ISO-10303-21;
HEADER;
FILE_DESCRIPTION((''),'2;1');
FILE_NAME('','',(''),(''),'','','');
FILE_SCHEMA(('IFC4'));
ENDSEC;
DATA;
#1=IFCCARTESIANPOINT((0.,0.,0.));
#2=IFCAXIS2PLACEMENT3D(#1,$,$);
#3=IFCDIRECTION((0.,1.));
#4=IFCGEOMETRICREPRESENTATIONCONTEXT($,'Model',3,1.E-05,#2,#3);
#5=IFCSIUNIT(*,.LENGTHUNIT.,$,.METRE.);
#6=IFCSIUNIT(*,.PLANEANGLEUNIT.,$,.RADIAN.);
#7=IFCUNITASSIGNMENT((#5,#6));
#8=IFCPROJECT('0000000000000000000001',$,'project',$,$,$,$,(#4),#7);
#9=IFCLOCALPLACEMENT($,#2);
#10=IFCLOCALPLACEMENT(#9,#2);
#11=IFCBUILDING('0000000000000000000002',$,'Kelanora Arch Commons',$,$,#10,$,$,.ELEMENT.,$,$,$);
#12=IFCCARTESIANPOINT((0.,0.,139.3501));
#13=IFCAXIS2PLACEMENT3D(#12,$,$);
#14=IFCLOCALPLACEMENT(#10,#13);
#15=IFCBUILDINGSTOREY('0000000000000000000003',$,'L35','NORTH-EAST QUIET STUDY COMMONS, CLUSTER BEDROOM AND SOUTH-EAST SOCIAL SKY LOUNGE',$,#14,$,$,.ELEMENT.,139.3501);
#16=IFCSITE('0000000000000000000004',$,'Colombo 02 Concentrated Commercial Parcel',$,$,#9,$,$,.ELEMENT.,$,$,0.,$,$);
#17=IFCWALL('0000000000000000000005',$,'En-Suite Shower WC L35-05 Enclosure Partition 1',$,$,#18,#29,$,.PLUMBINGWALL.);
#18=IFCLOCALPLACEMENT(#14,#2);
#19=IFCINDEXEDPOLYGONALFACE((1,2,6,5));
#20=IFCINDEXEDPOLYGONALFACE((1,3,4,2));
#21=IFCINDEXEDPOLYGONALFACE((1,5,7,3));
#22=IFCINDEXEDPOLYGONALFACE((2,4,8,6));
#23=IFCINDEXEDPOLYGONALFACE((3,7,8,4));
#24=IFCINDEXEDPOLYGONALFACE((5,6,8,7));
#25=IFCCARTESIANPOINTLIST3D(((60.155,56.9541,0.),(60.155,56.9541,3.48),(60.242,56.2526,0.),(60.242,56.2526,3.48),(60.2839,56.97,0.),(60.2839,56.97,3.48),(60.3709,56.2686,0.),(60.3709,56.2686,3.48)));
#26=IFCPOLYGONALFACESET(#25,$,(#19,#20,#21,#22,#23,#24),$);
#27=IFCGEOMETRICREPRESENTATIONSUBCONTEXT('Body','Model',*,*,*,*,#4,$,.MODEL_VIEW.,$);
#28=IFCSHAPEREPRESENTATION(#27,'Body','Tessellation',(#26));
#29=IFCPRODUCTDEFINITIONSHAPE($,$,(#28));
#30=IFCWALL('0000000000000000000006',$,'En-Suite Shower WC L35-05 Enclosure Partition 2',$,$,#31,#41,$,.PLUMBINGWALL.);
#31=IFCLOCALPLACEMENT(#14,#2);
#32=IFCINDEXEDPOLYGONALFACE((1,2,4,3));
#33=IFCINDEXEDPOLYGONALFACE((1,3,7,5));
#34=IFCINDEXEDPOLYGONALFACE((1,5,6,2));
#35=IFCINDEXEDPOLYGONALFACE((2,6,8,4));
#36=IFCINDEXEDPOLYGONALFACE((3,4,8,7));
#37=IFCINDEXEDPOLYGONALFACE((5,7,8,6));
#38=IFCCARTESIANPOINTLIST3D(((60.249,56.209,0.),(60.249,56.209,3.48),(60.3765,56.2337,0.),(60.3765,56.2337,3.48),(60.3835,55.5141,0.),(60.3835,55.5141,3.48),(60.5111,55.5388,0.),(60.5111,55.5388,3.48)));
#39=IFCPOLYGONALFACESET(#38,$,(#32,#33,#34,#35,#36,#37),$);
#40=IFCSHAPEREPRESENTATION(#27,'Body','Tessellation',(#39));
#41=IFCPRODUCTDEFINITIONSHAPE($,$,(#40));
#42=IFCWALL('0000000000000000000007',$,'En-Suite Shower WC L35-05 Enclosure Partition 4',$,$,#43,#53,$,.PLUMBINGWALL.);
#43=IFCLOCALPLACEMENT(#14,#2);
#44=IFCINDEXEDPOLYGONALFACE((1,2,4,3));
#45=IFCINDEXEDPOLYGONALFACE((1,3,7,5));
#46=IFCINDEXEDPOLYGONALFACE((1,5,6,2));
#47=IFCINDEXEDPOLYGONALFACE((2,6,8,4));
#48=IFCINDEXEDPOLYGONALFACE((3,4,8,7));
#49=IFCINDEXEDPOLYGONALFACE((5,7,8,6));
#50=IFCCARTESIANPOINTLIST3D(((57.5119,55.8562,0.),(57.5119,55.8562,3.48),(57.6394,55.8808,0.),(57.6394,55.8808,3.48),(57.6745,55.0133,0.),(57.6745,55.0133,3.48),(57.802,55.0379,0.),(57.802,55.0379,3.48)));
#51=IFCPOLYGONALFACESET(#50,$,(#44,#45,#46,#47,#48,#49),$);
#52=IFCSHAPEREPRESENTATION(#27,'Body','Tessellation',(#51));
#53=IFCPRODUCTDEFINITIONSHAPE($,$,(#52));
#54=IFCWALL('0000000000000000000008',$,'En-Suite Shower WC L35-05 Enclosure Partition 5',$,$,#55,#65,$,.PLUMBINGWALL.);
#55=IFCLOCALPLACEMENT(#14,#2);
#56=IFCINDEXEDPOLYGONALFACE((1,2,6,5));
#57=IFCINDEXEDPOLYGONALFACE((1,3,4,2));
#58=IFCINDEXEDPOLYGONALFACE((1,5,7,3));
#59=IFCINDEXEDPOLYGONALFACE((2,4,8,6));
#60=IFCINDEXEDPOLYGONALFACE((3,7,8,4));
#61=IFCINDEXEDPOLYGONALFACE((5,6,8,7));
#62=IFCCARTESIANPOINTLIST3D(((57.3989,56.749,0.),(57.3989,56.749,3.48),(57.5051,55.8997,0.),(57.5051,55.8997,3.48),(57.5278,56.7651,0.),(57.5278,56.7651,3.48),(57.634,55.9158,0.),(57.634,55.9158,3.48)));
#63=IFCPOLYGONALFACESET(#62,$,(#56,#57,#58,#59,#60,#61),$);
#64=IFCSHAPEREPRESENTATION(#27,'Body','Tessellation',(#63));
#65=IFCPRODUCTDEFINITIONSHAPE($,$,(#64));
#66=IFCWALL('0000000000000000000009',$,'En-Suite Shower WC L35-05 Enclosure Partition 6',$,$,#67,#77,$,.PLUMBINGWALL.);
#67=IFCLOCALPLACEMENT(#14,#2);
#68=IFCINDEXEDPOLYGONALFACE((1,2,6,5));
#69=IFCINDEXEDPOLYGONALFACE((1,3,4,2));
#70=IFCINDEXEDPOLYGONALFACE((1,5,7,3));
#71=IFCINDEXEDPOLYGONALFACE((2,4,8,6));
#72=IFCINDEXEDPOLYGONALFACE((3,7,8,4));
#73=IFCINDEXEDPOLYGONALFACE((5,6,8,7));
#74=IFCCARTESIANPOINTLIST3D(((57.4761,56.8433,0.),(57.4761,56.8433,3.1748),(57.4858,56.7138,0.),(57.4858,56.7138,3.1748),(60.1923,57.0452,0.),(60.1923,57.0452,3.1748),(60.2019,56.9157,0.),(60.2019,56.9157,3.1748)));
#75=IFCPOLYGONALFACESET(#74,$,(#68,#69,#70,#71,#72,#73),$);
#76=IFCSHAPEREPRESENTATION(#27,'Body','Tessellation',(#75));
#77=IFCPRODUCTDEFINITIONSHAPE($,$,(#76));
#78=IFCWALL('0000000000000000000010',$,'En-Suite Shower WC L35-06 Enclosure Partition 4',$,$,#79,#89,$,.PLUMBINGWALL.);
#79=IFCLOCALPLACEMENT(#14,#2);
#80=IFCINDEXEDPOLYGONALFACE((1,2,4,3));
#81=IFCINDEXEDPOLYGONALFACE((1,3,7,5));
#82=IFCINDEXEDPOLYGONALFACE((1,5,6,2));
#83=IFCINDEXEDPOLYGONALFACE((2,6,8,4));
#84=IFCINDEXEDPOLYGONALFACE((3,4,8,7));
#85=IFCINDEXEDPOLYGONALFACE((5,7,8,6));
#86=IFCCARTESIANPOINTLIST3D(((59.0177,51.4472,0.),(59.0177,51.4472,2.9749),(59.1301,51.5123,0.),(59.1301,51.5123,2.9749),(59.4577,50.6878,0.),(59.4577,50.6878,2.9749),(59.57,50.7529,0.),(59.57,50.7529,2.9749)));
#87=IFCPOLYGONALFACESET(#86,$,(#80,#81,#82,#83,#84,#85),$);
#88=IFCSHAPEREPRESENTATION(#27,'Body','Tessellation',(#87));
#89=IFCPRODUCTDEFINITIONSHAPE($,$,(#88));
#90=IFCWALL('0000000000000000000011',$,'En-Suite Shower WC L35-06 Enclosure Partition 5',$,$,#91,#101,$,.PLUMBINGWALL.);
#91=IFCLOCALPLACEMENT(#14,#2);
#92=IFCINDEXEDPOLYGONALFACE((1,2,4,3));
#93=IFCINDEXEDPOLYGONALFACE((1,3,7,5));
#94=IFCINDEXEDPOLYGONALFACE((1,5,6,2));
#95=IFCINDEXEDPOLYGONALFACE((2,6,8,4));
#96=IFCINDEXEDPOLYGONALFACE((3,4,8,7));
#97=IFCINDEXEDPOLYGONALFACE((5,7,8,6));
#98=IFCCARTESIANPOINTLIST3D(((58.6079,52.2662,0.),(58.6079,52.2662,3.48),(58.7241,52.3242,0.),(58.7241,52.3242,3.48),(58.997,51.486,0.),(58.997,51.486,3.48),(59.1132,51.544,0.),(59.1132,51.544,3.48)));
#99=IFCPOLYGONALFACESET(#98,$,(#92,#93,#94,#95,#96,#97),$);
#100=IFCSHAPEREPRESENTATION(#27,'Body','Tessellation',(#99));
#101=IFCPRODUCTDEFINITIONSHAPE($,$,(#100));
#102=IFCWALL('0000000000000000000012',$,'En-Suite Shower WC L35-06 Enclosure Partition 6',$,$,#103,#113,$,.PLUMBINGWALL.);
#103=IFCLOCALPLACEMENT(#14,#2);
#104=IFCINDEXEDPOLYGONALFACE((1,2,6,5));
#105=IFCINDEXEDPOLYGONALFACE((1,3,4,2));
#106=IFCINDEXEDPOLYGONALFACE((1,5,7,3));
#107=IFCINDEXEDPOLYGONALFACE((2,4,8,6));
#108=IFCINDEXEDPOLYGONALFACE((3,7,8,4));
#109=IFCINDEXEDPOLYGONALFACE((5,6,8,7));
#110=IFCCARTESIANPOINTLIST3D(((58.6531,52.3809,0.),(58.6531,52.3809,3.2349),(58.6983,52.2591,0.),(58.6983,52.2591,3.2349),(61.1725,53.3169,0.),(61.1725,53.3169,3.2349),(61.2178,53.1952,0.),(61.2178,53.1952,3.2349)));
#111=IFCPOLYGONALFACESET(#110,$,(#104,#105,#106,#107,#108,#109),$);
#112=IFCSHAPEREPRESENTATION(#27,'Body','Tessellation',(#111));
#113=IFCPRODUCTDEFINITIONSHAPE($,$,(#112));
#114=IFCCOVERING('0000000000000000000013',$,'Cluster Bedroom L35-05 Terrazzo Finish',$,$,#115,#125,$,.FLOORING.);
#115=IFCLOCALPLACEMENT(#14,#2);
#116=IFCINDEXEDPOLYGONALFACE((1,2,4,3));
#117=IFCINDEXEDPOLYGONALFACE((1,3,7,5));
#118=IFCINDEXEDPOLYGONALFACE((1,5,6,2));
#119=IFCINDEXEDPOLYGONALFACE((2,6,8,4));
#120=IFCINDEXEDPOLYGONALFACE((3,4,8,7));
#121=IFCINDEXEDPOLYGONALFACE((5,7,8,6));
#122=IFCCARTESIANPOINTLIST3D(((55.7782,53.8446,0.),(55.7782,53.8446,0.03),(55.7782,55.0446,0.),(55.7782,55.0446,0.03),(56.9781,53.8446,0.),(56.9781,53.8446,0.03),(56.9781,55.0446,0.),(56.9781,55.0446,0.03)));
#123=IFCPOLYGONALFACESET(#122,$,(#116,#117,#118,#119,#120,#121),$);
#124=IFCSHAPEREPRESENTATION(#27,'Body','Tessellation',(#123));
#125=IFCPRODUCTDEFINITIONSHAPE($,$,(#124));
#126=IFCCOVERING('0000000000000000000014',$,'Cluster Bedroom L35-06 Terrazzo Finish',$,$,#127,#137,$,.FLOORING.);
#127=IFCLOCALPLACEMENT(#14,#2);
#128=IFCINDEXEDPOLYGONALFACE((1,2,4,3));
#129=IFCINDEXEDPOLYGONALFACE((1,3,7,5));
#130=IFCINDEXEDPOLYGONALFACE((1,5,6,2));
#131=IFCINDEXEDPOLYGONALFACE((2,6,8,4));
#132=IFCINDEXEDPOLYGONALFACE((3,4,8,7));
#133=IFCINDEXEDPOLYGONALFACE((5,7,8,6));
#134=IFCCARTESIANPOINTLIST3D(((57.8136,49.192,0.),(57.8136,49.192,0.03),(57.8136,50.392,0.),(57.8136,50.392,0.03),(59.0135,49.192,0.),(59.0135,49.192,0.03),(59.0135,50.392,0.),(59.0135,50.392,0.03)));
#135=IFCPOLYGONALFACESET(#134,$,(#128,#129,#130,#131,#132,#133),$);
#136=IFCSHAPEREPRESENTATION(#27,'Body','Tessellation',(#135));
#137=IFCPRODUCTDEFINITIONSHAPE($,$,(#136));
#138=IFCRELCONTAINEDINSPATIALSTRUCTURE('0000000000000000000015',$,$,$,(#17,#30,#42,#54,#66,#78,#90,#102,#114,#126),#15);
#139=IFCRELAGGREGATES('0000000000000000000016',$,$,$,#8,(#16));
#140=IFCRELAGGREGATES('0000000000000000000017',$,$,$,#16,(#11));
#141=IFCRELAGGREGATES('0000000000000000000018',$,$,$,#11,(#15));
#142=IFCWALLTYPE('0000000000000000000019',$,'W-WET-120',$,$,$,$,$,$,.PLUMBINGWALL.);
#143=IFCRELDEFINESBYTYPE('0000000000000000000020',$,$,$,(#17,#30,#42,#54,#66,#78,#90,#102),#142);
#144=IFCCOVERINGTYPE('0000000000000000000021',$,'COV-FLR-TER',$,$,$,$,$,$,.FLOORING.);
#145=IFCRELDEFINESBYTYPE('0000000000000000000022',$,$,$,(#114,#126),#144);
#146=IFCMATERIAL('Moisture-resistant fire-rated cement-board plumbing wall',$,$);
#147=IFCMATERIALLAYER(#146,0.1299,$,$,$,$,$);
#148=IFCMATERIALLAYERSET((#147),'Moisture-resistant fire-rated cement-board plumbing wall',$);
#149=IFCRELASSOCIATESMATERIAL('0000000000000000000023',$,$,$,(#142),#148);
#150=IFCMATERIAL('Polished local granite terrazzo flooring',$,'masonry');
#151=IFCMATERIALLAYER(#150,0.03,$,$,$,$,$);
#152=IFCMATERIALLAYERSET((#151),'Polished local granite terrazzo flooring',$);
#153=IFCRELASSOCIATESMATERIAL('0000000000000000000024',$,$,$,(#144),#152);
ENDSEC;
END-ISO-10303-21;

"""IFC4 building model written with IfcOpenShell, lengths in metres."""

from ifc_helpers import new_model, si_unit, direction, frame, frame_2d, origin, origin_2d, place, context, subcontext, project, spatial, rectangle, extrude, source, transform, mapped, material, layer, layer_set, type_object, element, save


model = new_model("IFC4")

# Units and contexts
model_context = context("Model", 3, precision=1e-05, world=origin(), true_north=direction((0.0, 1.0)))
body_context = subcontext(model_context, "Body", "Model", "MODEL_VIEW")
ifc_project = project(units=[si_unit("LENGTHUNIT", "METRE"), si_unit("PLANEANGLEUNIT", "RADIAN")], contexts=[model_context])

# Site, building, storey
site_placement = place(None, origin())
site = spatial("IfcSite", under=ifc_project, at=site_placement, Name="Colombo 02 Concentrated Commercial Parcel", CompositionType="ELEMENT", RefElevation=0.0)
building_placement = place(site_placement, origin())
building = spatial("IfcBuilding", under=site, at=building_placement, Name="Kelanora Arch Commons", CompositionType="ELEMENT")
storey_placement = place(building_placement, frame((0.0, 0.0, 139.3501)))
storey = spatial("IfcBuildingStorey", under=building, at=storey_placement, Name="L35", Description="NORTH-EAST QUIET STUDY COMMONS, CLUSTER BEDROOM AND SOUTH-EAST SOCIAL SKY LOUNGE", CompositionType="ELEMENT", Elevation=139.3501)

# Walls
ifc_material_1 = material(Name="Moisture-resistant fire-rated cement-board plumbing wall")
ifc_layer_1 = layer(ifc_material_1, 0.1299)
ifc_layer_set_1 = layer_set([ifc_layer_1], Name="Moisture-resistant fire-rated cement-board plumbing wall")
wall_type_1 = type_object("IfcWallType", Name="W-WET-120", PredefinedType="PLUMBINGWALL", material=ifc_layer_set_1)
wall_1_placement = place(storey_placement, frame((60.2195, 56.9622, 0.0), z_axis=(0.0, 0.0, 1.0), x_axis=(0.122972, -0.99241, 0.0)))
element("IfcWall", 1, at=wall_1_placement, inside=storey, type_object=wall_type_1, Name="En-Suite Shower WC L35-05 Enclosure Partition 1", PredefinedType="PLUMBINGWALL", context=body_context, shape_type="SweptSolid", body=[
    extrude(rectangle(XDim=0.7068, YDim=0.1299, at=frame_2d((0.3535, 0.0))), origin(), (0.0, 0.0, 1.0), 3.48),
])
wall_2_placement = place(storey_placement, frame((60.3127, 56.2214, 0.0), z_axis=(0.0, 0.0, 1.0), x_axis=(0.190076, -0.981769, 0.0)))
element("IfcWall", 2, at=wall_2_placement, inside=storey, type_object=wall_type_1, Name="En-Suite Shower WC L35-05 Enclosure Partition 2", PredefinedType="PLUMBINGWALL", context=body_context, shape_type="SweptSolid", body=[
    extrude(rectangle(XDim=0.7078, YDim=0.1299, at=frame_2d((0.354, 0.0))), origin(), (0.0, 0.0, 1.0), 3.48),
])
wall_3_placement = place(storey_placement, frame((57.7383, 55.0256, 0.0), z_axis=(0.0, 0.0, 1.0), x_axis=(-0.189438, 0.981893, 0.0)))
element("IfcWall", 3, at=wall_3_placement, inside=storey, type_object=wall_type_1, Name="En-Suite Shower WC L35-05 Enclosure Partition 4", PredefinedType="PLUMBINGWALL", context=body_context, shape_type="SweptSolid", body=[
    extrude(rectangle(XDim=0.8584, YDim=0.1299, at=frame_2d((0.4292, 0.0))), origin(), (0.0, 0.0, 1.0), 3.48),
])
wall_4_placement = place(storey_placement, frame((57.5696, 55.9077, 0.0), z_axis=(0.0, 0.0, 1.0), x_axis=(-0.12407, 0.992273, 0.0)))
element("IfcWall", 4, at=wall_4_placement, inside=storey, type_object=wall_type_1, Name="En-Suite Shower WC L35-05 Enclosure Partition 5", PredefinedType="PLUMBINGWALL", context=body_context, shape_type="SweptSolid", body=[
    extrude(rectangle(XDim=0.856, YDim=0.1299, at=frame_2d((0.428, 0.0))), origin(), (0.0, 0.0, 1.0), 3.48),
])
wall_5_placement = place(storey_placement, frame((57.481, 56.7786, 0.0), z_axis=(0.0, 0.0, 1.0), x_axis=(0.997248, 0.074133, 0.0)))
element("IfcWall", 5, at=wall_5_placement, inside=storey, type_object=wall_type_1, Name="En-Suite Shower WC L35-05 Enclosure Partition 6", PredefinedType="PLUMBINGWALL", context=body_context, shape_type="SweptSolid", body=[
    extrude(rectangle(XDim=2.7236, YDim=0.1299, at=frame_2d((1.3618, 0.0))), origin(), (0.0, 0.0, 1.0), 3.1748),
])
wall_6_placement = place(storey_placement, frame((59.5139, 50.7202, 0.0), z_axis=(0.0, 0.0, 1.0), x_axis=(-0.501223, 0.865318, 0.0)))
element("IfcWall", 6, at=wall_6_placement, inside=storey, type_object=wall_type_1, Name="En-Suite Shower WC L35-06 Enclosure Partition 4", PredefinedType="PLUMBINGWALL", context=body_context, shape_type="SweptSolid", body=[
    extrude(rectangle(XDim=0.8777, YDim=0.1299, at=frame_2d((0.439, 0.0))), origin(), (0.0, 0.0, 1.0), 2.9749),
])
wall_7_placement = place(storey_placement, frame((59.0552, 51.5149, 0.0), z_axis=(0.0, 0.0, 1.0), x_axis=(-0.446317, 0.894875, 0.0)))
element("IfcWall", 7, at=wall_7_placement, inside=storey, type_object=wall_type_1, Name="En-Suite Shower WC L35-06 Enclosure Partition 5", PredefinedType="PLUMBINGWALL", context=body_context, shape_type="SweptSolid", body=[
    extrude(rectangle(XDim=0.8718, YDim=0.1299, at=frame_2d((0.436, 0.0))), origin(), (0.0, 0.0, 1.0), 3.48),
])
wall_8_placement = place(storey_placement, frame((58.6758, 52.3201, 0.0), z_axis=(0.0, 0.0, 1.0), x_axis=(0.9374, 0.348255, 0.0)))
element("IfcWall", 8, at=wall_8_placement, inside=storey, type_object=wall_type_1, Name="En-Suite Shower WC L35-06 Enclosure Partition 6", PredefinedType="PLUMBINGWALL", context=body_context, shape_type="SweptSolid", body=[
    extrude(rectangle(XDim=2.6877, YDim=0.1299, at=frame_2d((1.3438, 0.0))), origin(), (0.0, 0.0, 1.0), 3.2349),
])

# Coverings
ifc_material_2 = material(Name="Polished local granite terrazzo flooring", Category="masonry")
ifc_layer_2 = layer(ifc_material_2, 0.03)
ifc_layer_set_2 = layer_set([ifc_layer_2], Name="Polished local granite terrazzo flooring")
covering_type = type_object("IfcCoveringType", Name="COV-FLR-TER", PredefinedType="FLOORING", material=ifc_layer_set_2)
shared_shape_1 = source(origin(), body_context, "Body", "SweptSolid", [
    extrude(rectangle(XDim=1.2, YDim=1.2, at=origin_2d()), origin(), (0.0, 0.0, 1.0), 0.03),
])
for number, where, z_axis, x_axis, name in (
    (9, (56.3782, 54.4446, 0.0), (0.0, 0.0, 1.0), (1.0, 0.0, 0.0), "Cluster Bedroom L35-05 Terrazzo Finish"),
    (10, (58.4136, 49.792, 0.0), (0.0, 0.0, 1.0), (1.0, 0.0, 0.0), "Cluster Bedroom L35-06 Terrazzo Finish"),
):
    element("IfcCovering", number, at=place(storey_placement, frame(where, z_axis=z_axis, x_axis=x_axis)), inside=storey, type_object=covering_type, Name=name, PredefinedType="FLOORING", context=body_context, shape_type="MappedRepresentation", body=[
        mapped(shared_shape_1, transform((0.0, 0.0, 0.0), scale=1.0)),
    ])

save(model, "model.ifc")
